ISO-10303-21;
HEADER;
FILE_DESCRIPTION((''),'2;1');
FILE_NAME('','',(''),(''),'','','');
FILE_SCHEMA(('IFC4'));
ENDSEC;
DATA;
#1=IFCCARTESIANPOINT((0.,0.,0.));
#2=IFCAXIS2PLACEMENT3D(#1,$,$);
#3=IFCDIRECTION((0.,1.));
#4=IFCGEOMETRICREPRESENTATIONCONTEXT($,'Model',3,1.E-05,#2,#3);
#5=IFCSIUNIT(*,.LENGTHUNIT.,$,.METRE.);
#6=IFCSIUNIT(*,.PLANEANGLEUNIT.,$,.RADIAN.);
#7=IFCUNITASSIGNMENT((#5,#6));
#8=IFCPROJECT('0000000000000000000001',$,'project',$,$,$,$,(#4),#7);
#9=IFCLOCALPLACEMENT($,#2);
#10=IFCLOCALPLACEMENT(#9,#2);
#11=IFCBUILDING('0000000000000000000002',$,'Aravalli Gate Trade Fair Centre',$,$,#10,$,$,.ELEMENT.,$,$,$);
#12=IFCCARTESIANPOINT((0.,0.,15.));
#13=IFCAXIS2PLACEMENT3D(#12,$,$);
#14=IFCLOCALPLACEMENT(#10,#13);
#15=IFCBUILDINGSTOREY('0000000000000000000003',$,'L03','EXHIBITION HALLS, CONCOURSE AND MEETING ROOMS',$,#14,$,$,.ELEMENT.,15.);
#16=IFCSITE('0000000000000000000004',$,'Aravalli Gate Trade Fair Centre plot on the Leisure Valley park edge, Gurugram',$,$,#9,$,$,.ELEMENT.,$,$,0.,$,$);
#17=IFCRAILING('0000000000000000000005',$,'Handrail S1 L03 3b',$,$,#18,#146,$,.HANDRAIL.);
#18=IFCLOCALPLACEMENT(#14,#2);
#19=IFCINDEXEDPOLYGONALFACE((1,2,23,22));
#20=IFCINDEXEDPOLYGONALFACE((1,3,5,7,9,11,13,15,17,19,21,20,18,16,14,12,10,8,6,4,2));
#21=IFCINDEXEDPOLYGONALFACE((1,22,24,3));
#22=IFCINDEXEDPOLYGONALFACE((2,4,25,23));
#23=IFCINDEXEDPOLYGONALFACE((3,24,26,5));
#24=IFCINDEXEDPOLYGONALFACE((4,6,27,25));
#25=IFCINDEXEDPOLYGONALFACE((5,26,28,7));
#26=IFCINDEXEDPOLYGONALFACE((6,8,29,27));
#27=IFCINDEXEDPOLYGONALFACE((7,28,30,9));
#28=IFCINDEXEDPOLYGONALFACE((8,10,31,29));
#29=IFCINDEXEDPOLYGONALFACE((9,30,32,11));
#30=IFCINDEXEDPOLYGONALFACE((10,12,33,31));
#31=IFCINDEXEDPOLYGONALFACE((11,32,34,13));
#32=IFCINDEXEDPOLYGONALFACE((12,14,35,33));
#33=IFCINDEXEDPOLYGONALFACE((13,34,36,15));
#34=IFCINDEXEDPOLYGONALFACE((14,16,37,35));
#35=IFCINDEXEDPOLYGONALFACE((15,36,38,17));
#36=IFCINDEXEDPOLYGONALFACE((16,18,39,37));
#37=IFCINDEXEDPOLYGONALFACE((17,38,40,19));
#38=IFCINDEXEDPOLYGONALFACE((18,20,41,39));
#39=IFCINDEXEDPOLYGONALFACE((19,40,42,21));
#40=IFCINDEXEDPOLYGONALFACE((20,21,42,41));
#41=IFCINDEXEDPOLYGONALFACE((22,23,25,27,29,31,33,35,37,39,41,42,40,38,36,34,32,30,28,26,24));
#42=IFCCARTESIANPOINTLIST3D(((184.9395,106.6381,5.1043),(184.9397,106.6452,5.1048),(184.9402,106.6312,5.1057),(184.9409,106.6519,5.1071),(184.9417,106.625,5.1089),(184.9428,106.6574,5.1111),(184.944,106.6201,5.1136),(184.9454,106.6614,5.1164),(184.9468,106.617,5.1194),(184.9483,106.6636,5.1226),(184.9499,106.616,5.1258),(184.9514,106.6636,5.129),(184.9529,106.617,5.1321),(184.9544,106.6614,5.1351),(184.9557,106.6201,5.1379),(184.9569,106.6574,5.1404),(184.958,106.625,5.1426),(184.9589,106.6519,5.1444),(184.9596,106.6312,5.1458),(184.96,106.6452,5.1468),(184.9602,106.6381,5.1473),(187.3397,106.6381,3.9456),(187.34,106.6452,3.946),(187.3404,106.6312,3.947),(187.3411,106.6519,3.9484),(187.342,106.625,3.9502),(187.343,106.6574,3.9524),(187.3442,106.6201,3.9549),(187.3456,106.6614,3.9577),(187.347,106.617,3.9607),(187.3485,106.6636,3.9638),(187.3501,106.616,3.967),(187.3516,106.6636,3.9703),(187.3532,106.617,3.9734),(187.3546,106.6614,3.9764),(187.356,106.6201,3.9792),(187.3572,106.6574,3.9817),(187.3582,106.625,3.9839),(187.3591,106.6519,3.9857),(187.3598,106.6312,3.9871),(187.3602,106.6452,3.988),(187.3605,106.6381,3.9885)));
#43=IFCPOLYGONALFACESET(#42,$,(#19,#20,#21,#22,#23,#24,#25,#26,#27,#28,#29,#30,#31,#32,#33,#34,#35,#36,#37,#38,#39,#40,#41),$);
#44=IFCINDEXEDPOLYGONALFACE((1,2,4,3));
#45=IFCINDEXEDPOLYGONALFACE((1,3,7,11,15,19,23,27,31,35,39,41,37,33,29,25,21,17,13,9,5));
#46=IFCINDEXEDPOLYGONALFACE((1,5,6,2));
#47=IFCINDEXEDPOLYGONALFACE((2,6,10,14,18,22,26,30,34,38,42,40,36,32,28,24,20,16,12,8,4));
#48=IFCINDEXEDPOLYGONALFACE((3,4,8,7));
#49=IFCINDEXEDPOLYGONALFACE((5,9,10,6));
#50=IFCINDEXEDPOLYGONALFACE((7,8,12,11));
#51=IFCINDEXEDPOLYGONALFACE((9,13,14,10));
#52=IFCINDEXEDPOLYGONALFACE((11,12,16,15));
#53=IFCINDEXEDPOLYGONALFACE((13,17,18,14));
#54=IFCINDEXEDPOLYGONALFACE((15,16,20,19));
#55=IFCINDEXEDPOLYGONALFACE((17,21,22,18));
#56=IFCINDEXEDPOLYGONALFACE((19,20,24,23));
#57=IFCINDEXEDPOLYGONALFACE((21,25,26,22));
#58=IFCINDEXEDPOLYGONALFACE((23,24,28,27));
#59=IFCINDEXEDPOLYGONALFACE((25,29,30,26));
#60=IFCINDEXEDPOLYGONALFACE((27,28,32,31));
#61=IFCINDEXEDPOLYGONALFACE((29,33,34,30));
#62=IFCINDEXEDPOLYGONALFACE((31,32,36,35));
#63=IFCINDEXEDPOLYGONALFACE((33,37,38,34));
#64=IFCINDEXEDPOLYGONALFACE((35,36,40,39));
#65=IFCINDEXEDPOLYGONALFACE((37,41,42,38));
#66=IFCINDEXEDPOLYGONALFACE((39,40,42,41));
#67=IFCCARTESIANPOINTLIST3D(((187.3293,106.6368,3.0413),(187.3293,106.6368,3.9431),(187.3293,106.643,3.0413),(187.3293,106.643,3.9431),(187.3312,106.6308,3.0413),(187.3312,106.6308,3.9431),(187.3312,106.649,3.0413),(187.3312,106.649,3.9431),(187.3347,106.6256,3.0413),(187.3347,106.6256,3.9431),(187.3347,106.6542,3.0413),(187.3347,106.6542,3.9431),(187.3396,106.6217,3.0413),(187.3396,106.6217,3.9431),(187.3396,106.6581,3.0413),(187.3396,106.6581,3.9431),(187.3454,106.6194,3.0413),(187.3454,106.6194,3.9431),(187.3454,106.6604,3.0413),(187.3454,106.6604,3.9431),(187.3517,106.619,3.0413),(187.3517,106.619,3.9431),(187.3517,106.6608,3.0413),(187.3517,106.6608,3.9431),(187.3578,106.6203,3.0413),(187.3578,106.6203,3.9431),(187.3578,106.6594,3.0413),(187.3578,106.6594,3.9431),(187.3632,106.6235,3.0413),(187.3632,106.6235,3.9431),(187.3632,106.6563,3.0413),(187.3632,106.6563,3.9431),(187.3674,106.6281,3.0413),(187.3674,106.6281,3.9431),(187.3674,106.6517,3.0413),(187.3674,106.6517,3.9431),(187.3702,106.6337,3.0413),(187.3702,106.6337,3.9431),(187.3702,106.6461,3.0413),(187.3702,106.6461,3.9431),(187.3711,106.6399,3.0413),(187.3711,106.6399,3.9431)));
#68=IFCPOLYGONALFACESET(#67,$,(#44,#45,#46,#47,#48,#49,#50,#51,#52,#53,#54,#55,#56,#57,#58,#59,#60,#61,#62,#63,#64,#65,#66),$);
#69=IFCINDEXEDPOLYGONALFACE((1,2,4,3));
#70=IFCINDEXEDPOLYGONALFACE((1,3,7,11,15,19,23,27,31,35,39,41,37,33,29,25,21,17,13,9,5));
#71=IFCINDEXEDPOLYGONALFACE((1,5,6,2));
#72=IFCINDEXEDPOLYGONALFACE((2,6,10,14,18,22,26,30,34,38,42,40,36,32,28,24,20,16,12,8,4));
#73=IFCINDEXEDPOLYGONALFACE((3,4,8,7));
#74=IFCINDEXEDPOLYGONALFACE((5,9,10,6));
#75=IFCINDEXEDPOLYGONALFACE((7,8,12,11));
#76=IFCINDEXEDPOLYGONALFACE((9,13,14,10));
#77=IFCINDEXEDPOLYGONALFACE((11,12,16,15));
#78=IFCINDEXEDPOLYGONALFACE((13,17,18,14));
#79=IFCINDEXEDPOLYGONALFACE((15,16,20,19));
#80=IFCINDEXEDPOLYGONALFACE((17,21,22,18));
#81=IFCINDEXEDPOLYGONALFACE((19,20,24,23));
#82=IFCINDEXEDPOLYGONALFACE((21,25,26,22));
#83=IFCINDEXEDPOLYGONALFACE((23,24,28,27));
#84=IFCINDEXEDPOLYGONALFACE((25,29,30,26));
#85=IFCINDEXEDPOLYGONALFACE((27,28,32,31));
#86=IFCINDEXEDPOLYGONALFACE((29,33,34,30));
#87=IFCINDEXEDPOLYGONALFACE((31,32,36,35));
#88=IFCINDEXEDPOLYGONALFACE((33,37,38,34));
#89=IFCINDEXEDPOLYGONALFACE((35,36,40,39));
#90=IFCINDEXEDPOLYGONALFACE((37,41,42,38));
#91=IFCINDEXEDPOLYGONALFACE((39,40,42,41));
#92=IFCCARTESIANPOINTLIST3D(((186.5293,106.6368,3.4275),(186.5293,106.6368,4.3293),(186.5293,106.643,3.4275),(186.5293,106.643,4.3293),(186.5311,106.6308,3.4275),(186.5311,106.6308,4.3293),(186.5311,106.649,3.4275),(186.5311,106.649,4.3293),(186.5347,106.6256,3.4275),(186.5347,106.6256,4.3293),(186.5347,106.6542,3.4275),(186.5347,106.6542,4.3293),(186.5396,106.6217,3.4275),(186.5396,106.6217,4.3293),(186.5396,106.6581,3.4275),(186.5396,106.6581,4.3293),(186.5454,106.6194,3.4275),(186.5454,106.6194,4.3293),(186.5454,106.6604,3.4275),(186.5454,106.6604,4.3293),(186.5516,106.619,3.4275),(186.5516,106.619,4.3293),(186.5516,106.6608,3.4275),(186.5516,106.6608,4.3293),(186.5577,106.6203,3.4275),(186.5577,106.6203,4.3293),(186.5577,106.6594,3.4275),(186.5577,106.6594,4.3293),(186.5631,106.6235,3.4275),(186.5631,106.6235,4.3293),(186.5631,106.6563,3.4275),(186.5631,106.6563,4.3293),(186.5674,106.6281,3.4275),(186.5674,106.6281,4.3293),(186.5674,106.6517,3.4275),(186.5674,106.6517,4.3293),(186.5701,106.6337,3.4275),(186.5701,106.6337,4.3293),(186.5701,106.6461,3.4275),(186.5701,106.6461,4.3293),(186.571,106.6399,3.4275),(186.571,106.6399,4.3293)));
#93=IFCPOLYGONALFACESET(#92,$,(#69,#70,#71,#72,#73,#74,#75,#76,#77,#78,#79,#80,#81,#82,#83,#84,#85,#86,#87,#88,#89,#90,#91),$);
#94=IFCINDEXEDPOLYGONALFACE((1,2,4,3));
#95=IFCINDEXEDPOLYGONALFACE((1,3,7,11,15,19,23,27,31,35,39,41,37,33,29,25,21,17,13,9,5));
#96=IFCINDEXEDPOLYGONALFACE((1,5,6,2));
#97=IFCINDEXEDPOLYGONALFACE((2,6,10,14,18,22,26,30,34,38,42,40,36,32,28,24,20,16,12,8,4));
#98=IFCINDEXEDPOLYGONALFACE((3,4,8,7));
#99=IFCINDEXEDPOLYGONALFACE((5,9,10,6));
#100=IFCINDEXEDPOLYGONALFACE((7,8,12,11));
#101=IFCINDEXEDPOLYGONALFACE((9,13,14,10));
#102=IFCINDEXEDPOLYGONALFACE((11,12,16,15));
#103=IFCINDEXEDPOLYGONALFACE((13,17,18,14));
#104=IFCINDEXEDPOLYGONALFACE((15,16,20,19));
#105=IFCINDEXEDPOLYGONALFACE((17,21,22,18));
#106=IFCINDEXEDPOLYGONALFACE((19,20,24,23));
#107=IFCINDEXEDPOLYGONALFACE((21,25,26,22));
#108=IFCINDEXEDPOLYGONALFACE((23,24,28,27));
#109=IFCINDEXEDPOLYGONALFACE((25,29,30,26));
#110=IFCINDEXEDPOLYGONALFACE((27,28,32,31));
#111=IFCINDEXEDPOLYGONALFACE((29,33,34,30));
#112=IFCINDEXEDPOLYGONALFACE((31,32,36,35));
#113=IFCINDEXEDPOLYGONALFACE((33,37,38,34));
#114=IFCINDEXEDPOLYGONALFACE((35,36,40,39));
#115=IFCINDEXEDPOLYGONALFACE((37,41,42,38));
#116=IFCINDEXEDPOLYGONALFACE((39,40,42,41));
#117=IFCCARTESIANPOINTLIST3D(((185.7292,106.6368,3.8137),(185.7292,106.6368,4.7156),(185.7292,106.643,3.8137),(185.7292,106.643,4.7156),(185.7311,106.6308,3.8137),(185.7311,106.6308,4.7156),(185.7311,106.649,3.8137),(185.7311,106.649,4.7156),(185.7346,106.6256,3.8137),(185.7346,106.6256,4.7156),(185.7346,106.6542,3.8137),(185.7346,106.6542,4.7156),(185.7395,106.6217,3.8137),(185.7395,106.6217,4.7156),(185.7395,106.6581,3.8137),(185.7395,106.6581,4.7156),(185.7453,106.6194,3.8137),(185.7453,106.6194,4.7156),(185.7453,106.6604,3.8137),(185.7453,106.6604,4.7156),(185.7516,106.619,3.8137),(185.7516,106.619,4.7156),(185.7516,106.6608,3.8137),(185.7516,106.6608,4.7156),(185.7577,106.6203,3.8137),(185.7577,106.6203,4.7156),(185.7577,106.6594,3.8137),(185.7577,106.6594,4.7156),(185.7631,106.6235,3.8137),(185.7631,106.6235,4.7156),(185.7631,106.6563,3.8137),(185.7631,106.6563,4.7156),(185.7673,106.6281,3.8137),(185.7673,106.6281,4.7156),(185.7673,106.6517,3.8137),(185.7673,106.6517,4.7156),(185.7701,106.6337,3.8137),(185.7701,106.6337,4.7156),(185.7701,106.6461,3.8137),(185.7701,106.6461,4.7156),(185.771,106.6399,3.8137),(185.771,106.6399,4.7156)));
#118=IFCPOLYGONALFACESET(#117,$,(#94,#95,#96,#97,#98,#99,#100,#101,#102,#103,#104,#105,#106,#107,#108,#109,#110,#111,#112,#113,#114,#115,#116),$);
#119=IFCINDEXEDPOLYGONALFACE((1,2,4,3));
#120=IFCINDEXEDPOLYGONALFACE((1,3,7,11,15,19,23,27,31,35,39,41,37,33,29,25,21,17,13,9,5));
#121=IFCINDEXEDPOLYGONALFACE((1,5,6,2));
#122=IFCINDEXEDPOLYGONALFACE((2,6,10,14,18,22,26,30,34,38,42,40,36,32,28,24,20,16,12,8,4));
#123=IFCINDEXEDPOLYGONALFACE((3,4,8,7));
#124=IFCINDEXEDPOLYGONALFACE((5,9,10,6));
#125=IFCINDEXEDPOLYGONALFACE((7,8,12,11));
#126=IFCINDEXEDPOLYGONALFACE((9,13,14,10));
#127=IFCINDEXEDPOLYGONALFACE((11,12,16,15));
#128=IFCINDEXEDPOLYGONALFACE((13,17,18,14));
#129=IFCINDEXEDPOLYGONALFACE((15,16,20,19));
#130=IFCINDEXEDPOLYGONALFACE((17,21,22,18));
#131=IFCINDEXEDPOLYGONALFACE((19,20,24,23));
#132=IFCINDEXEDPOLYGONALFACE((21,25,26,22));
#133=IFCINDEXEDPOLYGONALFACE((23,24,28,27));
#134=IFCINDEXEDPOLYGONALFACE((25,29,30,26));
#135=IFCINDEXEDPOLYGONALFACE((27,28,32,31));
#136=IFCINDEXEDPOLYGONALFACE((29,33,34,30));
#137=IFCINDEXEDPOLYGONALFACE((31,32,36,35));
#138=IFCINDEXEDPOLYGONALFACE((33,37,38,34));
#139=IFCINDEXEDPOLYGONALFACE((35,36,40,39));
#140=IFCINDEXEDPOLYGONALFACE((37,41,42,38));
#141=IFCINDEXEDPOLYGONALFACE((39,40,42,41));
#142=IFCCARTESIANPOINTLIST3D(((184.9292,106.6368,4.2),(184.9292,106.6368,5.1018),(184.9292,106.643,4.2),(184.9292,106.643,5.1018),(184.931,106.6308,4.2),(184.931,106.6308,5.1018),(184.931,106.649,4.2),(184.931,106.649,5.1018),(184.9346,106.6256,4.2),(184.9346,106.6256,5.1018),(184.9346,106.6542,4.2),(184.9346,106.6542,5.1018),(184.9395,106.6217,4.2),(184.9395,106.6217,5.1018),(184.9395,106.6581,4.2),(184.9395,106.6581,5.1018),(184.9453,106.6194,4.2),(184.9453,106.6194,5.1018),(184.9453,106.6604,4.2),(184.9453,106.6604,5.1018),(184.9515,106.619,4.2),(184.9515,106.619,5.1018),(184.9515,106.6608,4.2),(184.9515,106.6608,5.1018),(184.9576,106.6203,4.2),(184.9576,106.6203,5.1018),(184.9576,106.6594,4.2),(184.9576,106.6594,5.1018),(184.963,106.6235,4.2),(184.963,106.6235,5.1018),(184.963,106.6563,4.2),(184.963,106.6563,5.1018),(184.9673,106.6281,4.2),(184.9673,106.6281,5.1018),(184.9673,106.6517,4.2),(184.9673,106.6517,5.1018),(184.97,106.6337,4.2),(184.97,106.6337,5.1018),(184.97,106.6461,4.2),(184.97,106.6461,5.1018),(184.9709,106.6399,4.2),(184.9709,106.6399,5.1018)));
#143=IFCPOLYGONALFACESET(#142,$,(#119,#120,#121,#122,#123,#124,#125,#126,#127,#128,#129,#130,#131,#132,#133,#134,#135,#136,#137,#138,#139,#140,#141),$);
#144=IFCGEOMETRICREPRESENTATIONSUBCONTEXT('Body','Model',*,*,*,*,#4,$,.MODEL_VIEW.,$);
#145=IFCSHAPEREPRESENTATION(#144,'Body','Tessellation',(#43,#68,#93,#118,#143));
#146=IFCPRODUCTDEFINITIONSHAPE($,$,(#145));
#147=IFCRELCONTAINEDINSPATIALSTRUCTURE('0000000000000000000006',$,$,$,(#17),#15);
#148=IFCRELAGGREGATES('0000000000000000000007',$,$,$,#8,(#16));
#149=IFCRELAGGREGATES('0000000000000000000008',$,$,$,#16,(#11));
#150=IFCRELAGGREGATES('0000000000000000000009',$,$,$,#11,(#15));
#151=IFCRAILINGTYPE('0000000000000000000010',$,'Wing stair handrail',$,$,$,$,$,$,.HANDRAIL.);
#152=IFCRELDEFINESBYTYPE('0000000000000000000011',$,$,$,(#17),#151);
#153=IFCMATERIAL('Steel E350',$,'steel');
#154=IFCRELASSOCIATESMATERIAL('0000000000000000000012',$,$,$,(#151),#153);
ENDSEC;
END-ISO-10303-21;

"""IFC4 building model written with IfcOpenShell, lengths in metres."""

from ifc_helpers import new_model, si_unit, direction, frame, origin, origin_2d, place, context, subcontext, project, spatial, circle, extrude, material, type_object, element, save


model = new_model("IFC4")

# Units and contexts
model_context = context("Model", 3, precision=1e-05, world=origin(), true_north=direction((0.0, 1.0)))
body_context = subcontext(model_context, "Body", "Model", "MODEL_VIEW")
ifc_project = project(units=[si_unit("LENGTHUNIT", "METRE"), si_unit("PLANEANGLEUNIT", "RADIAN")], contexts=[model_context])

# Site, building, storey
site_placement = place(None, origin())
site = spatial("IfcSite", under=ifc_project, at=site_placement, Name="Aravalli Gate Trade Fair Centre plot on the Leisure Valley park edge, Gurugram", CompositionType="ELEMENT", RefElevation=0.0)
building_placement = place(site_placement, origin())
building = spatial("IfcBuilding", under=site, at=building_placement, Name="Aravalli Gate Trade Fair Centre", CompositionType="ELEMENT")
storey_placement = place(building_placement, frame((0.0, 0.0, 15.0)))
storey = spatial("IfcBuildingStorey", under=building, at=storey_placement, Name="L03", Description="EXHIBITION HALLS, CONCOURSE AND MEETING ROOMS", CompositionType="ELEMENT", Elevation=15.0)

# Railing
ifc_material_1 = material(Name="Steel E350", Category="steel")
railing_type_1 = type_object("IfcRailingType", Name="Wing stair handrail", PredefinedType="HANDRAIL", material=ifc_material_1)
for number, where, name in (
    (1, (187.3501, 106.6399, 3.0413), "Handrail S1 L03 3b"),
):
    element("IfcRailing", number, at=place(storey_placement, frame(where)), inside=storey, type_object=railing_type_1, Name=name, PredefinedType="HANDRAIL", context=body_context, shape_type="SweptSolid", body=[
        extrude(circle(Radius=0.0239, at=origin_2d()), frame((0.0, 0.0, 0.9258), z_axis=(-0.900552, 0.0, 0.434749), x_axis=(0.0, -1.0, 0.0)), (0.0, 0.0, 1.0), 2.6653),
        extrude(circle(Radius=0.021, at=origin_2d()), origin(), (0.0, 0.0, 1.0), 0.9019),
        extrude(circle(Radius=0.021, at=origin_2d()), frame((-0.8, 0.0, 0.3862)), (0.0, 0.0, 1.0), 0.9019),
        extrude(circle(Radius=0.021, at=origin_2d()), frame((-1.6001, 0.0, 0.7725)), (0.0, 0.0, 1.0), 0.9019),
        extrude(circle(Radius=0.021, at=origin_2d()), frame((-2.4001, 0.0, 1.1587)), (0.0, 0.0, 1.0), 0.9019),
    ])

save(model, "model.ifc")
